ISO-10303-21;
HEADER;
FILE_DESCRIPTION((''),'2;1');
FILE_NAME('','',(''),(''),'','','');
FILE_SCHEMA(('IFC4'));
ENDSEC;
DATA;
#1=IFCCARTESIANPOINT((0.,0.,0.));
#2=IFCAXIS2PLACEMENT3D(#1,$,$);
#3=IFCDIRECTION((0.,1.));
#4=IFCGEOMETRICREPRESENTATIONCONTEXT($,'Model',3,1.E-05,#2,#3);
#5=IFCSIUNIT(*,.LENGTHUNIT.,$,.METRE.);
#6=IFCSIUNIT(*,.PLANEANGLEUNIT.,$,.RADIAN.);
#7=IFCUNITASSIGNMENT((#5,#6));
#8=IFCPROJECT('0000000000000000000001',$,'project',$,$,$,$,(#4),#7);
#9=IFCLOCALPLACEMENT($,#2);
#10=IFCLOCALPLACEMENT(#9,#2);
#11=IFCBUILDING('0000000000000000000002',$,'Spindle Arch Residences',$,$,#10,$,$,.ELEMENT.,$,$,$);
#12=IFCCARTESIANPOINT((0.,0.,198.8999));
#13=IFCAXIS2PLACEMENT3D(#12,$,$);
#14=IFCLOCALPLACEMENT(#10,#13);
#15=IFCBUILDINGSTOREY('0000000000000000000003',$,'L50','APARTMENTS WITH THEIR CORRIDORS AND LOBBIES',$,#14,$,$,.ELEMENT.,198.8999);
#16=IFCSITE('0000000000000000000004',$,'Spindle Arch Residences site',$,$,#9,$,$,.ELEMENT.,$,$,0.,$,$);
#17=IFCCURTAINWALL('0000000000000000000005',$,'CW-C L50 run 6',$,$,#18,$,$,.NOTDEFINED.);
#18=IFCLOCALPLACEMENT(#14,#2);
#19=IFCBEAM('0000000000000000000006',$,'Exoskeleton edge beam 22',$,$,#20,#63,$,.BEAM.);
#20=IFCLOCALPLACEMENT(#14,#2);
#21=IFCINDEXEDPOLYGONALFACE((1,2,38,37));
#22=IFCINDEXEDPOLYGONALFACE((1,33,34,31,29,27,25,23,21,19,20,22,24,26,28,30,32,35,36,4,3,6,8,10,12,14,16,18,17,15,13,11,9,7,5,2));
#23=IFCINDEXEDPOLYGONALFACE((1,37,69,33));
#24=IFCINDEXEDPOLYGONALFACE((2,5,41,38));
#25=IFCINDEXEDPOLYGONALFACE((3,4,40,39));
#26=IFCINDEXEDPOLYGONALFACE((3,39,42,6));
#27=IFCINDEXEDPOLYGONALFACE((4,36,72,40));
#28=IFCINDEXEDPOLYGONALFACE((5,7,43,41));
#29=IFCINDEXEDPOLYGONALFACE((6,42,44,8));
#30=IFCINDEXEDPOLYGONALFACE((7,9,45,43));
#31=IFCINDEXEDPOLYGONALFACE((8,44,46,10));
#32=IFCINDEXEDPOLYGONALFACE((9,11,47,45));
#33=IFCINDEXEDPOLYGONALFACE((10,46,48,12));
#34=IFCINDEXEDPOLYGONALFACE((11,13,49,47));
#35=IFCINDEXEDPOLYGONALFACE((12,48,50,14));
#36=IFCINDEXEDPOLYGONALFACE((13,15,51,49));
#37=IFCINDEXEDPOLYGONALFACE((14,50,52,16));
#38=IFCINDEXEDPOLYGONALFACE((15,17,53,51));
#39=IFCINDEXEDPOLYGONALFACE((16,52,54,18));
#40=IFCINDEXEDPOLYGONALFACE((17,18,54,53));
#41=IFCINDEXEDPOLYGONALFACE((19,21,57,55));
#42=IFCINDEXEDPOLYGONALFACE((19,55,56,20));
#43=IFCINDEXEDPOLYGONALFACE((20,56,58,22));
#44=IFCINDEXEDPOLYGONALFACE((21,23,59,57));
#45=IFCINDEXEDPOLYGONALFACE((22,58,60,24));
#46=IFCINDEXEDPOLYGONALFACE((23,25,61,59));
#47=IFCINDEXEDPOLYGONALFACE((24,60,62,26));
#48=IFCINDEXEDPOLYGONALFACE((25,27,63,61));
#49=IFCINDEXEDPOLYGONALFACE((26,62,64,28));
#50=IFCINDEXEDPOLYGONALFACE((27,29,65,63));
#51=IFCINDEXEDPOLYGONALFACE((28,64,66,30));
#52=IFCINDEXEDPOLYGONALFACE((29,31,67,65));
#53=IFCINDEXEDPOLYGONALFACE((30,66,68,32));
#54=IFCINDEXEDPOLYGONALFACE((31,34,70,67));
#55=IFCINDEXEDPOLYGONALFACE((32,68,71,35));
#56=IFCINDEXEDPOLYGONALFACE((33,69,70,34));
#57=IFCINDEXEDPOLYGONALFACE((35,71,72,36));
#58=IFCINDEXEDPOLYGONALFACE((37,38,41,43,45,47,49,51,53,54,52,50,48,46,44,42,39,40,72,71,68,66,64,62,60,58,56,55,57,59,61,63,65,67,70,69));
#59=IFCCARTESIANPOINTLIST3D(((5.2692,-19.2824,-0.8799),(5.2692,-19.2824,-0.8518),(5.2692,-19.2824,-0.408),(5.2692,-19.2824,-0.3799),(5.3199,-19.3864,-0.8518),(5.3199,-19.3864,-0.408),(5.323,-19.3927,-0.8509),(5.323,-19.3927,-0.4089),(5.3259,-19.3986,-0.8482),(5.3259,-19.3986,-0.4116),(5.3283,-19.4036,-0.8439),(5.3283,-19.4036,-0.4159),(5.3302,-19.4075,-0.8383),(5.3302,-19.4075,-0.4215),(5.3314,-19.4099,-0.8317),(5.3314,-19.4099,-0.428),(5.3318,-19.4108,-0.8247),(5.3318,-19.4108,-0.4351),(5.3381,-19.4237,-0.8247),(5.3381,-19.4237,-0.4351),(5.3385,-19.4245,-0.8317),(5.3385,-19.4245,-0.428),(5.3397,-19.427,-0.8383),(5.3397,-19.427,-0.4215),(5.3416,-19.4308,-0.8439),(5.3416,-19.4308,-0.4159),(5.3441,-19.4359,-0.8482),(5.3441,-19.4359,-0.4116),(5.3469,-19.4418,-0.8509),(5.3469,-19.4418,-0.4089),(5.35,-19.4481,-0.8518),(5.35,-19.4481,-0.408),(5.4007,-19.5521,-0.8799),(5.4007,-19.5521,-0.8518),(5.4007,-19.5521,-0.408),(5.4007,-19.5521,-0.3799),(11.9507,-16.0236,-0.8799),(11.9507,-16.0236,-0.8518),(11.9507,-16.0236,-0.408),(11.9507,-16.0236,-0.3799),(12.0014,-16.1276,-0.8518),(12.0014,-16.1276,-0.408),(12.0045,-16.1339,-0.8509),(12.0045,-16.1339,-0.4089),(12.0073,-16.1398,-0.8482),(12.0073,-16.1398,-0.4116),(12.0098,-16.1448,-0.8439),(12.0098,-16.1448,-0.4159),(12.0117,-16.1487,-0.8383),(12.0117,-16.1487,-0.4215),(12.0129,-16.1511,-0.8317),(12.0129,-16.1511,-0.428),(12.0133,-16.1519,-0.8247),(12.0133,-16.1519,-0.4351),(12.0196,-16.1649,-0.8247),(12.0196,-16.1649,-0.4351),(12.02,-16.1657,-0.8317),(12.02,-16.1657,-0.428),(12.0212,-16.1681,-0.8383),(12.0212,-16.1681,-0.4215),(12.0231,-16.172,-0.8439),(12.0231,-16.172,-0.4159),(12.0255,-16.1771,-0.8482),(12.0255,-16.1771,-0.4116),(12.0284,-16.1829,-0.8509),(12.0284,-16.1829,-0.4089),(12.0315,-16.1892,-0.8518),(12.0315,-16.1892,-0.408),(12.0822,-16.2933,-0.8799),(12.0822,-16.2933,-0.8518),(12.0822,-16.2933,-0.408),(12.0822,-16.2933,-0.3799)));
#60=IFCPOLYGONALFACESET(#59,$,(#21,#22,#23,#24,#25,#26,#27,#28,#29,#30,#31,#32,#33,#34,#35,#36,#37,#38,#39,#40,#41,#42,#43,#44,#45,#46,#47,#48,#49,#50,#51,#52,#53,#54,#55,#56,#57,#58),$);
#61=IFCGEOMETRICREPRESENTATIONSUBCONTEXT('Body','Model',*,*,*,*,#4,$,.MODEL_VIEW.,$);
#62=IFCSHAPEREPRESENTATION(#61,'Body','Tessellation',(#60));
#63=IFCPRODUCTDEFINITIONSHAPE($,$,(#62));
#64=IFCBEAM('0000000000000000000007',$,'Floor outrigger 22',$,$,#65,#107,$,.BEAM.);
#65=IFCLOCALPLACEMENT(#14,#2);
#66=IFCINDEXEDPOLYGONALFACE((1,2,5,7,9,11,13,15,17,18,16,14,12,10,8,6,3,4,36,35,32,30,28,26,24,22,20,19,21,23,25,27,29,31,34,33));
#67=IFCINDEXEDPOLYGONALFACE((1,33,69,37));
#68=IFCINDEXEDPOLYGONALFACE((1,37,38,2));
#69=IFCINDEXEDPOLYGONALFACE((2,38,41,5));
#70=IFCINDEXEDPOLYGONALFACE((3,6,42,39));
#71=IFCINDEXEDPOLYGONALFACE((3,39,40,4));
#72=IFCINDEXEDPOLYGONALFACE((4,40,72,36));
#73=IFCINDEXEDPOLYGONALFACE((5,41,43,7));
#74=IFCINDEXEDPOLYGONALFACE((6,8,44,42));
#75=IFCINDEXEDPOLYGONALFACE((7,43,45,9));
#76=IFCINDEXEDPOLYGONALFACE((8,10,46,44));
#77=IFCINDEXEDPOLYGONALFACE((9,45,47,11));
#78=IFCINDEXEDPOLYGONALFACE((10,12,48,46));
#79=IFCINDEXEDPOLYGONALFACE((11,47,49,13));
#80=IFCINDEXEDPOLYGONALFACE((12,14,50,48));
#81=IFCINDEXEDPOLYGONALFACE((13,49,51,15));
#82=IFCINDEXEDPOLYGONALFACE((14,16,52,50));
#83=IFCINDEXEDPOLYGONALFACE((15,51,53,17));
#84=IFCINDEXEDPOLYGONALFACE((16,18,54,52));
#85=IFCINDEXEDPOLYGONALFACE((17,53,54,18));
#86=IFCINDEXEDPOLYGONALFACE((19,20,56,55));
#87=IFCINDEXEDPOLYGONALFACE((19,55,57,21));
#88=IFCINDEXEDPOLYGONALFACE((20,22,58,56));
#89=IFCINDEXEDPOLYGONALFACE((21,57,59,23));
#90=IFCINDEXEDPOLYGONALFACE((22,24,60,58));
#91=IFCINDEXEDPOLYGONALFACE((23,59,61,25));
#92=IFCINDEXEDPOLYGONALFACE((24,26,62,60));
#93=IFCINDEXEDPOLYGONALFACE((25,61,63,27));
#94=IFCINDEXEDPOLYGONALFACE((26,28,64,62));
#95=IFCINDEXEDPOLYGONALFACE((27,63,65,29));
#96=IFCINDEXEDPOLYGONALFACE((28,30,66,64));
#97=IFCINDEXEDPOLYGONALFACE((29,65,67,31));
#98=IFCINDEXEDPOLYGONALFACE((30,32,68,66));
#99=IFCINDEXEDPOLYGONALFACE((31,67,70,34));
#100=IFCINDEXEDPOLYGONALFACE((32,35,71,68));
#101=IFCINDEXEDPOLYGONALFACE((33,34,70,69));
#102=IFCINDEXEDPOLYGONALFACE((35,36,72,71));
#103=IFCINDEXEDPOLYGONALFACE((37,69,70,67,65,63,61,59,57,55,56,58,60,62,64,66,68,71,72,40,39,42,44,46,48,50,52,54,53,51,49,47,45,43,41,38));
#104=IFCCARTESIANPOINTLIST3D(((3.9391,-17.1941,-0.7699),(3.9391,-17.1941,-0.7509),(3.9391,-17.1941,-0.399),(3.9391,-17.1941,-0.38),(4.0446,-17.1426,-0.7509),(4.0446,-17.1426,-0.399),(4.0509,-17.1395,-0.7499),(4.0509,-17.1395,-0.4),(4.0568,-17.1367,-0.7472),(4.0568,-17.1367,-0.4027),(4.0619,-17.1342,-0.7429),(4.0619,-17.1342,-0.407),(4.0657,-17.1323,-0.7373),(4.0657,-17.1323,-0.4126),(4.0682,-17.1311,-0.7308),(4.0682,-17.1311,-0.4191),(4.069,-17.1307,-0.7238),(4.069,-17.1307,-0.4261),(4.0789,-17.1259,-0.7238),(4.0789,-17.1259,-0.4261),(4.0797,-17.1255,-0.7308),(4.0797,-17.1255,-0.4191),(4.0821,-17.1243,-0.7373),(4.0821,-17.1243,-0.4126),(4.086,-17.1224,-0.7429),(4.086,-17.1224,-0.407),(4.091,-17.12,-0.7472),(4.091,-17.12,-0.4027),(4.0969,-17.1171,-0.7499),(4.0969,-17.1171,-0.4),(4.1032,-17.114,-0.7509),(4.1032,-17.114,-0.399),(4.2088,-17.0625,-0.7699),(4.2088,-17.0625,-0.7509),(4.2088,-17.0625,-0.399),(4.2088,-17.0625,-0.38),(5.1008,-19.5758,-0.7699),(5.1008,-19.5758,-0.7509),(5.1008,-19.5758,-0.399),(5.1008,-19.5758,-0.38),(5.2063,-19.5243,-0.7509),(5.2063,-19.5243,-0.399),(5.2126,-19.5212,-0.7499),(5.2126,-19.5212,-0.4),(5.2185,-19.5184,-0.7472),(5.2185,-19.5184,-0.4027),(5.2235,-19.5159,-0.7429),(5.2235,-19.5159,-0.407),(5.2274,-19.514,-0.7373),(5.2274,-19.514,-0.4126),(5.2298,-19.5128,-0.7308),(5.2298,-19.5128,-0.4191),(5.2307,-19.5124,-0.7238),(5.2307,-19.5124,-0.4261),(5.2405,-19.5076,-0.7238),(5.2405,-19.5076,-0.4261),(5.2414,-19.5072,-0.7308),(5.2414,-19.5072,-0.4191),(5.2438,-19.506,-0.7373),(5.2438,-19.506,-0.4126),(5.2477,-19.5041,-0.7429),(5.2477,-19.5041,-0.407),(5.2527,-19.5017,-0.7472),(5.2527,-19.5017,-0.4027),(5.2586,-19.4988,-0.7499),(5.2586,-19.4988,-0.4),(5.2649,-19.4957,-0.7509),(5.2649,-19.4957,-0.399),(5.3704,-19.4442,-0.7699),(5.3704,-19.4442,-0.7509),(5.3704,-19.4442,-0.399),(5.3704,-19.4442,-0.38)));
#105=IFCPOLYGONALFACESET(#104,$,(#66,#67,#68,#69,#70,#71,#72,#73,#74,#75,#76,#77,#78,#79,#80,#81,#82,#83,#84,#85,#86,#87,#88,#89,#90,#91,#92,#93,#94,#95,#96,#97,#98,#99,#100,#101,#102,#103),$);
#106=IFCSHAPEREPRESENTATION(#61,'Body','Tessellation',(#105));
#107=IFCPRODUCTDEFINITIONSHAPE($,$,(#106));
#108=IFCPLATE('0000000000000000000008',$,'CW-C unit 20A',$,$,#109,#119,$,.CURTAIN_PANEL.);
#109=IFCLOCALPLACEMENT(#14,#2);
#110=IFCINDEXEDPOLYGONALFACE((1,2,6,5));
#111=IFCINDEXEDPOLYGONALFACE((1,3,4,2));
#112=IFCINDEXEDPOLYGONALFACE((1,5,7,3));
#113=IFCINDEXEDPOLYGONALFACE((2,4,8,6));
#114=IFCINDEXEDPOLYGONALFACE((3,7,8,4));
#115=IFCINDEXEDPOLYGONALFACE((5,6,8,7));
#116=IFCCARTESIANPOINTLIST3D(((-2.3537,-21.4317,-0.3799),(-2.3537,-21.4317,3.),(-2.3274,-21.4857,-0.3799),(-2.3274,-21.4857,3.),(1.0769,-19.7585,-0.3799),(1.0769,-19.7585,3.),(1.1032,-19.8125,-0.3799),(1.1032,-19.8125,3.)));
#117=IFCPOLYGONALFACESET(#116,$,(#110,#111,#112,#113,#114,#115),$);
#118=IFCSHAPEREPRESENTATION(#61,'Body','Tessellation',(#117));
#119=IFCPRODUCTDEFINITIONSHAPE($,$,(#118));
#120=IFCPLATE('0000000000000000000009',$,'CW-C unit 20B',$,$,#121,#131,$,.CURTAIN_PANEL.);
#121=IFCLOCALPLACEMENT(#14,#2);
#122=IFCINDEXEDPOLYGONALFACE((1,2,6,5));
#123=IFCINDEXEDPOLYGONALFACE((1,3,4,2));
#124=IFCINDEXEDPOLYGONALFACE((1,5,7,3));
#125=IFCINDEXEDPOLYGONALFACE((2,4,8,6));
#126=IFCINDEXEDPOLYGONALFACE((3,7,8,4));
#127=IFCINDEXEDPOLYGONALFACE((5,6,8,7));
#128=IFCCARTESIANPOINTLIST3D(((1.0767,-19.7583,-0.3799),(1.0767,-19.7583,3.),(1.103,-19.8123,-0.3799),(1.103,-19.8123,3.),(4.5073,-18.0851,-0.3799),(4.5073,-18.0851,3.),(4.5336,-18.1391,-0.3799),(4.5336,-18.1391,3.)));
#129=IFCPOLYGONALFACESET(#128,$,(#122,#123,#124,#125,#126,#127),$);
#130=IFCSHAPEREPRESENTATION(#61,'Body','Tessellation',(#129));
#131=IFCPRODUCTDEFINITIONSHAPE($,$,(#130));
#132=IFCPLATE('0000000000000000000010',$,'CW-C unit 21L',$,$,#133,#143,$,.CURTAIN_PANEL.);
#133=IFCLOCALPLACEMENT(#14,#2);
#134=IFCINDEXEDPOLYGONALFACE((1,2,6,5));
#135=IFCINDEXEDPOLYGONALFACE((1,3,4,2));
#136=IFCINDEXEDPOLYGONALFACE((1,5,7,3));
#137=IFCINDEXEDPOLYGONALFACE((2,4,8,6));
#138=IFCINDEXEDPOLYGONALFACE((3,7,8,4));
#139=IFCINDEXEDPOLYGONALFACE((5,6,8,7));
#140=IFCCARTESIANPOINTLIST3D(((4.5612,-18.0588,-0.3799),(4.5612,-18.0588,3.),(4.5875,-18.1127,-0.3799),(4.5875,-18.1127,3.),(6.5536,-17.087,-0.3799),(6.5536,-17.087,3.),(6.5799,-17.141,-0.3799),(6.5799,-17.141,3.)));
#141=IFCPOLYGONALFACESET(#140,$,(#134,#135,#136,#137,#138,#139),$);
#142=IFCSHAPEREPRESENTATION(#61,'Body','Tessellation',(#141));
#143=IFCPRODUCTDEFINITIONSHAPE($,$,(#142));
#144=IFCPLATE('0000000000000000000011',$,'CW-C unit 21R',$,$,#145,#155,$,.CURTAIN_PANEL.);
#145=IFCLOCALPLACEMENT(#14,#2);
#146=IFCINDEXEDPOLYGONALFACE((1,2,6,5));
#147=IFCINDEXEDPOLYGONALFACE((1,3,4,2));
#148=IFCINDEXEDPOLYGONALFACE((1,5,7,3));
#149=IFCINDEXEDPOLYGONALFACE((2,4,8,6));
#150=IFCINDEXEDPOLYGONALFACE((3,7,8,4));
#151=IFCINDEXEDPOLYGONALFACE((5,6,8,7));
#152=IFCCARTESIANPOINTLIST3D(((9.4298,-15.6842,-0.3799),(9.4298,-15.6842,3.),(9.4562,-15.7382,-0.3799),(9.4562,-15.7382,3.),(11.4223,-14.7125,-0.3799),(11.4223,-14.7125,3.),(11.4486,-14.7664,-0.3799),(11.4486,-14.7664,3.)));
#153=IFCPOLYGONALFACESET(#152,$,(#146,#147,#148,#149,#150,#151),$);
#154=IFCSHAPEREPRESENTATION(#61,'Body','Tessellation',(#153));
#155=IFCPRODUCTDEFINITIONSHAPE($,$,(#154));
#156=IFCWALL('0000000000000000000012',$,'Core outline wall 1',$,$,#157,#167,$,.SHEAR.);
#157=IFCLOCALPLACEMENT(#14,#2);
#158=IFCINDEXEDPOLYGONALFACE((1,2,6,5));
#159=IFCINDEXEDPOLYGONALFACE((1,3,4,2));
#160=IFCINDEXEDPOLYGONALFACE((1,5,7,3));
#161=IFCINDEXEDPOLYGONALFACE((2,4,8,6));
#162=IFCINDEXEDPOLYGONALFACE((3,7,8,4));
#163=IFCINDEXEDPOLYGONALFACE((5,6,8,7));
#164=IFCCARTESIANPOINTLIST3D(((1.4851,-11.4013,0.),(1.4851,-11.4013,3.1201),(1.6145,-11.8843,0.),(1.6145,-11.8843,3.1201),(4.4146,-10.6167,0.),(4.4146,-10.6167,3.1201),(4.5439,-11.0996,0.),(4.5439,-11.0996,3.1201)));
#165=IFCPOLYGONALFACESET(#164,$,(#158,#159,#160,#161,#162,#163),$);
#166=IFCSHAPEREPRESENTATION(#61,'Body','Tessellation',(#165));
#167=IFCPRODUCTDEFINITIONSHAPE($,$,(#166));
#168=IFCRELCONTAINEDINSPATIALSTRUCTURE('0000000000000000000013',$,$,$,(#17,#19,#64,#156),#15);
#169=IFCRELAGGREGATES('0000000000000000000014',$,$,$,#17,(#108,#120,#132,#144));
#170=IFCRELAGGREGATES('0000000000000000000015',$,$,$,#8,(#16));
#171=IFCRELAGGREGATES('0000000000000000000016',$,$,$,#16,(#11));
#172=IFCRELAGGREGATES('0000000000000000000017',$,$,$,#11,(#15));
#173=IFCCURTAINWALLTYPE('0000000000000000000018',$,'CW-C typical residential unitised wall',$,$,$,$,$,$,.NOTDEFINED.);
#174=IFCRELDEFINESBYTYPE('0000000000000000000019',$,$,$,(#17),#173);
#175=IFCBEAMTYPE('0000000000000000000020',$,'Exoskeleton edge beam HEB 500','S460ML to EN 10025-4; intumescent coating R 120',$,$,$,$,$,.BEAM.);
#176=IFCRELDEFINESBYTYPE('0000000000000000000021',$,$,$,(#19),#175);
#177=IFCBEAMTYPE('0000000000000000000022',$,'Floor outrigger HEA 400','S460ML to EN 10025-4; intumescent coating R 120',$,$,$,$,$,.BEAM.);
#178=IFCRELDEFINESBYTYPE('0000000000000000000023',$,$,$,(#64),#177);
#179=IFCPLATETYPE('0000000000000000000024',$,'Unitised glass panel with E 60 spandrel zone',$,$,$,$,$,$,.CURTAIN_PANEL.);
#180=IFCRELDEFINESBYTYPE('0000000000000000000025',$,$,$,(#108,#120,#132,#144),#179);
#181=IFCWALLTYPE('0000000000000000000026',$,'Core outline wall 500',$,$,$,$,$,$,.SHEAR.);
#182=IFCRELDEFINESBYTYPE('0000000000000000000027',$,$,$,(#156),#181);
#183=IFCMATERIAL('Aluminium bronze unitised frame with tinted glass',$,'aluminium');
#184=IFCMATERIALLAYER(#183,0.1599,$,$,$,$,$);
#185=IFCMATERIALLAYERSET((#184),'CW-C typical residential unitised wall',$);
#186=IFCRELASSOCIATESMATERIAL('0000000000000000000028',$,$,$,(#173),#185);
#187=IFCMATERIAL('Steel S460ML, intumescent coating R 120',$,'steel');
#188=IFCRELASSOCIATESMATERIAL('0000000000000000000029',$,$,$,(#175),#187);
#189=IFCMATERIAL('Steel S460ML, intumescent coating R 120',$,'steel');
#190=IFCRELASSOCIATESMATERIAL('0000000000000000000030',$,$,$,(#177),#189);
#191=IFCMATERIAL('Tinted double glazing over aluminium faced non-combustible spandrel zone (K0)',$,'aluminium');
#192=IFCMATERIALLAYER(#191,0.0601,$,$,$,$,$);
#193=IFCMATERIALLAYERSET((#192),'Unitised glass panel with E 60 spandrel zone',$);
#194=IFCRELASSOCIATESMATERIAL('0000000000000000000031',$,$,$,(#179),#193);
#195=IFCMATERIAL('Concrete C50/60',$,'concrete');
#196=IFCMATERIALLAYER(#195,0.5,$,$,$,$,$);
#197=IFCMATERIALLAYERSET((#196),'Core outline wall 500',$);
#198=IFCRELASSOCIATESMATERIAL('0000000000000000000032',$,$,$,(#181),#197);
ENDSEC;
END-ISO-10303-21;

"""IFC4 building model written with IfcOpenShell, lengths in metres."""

from ifc_helpers import new_model, si_unit, direction, frame, frame_2d, origin, origin_2d, place, context, subcontext, project, spatial, rectangle, i_section, extrude, material, layer, layer_set, material_profile, profile_set, type_object, element, aggregate, save


model = new_model("IFC4")

# Units and contexts
model_context = context("Model", 3, precision=1e-05, world=origin(), true_north=direction((0.0, 1.0)))
body_context = subcontext(model_context, "Body", "Model", "MODEL_VIEW")
ifc_project = project(units=[si_unit("LENGTHUNIT", "METRE"), si_unit("PLANEANGLEUNIT", "RADIAN")], contexts=[model_context])

# Site, building, storey
site_placement = place(None, origin())
site = spatial("IfcSite", under=ifc_project, at=site_placement, Name="Spindle Arch Residences site", CompositionType="ELEMENT", RefElevation=0.0)
building_placement = place(site_placement, origin())
building = spatial("IfcBuilding", under=site, at=building_placement, Name="Spindle Arch Residences", CompositionType="ELEMENT")
storey_placement = place(building_placement, frame((0.0, 0.0, 198.8999)))
storey = spatial("IfcBuildingStorey", under=building, at=storey_placement, Name="L50", Description="APARTMENTS WITH THEIR CORRIDORS AND LOBBIES", CompositionType="ELEMENT", Elevation=198.8999)

# Curtain wall
ifc_material_1 = material(Name="Aluminium bronze unitised frame with tinted glass", Category="aluminium")
ifc_layer_1 = layer(ifc_material_1, 0.1599)
ifc_layer_set_1 = layer_set([ifc_layer_1], Name="CW-C typical residential unitised wall")
curtain_wall_type = type_object("IfcCurtainWallType", Name="CW-C typical residential unitised wall", PredefinedType="NOTDEFINED", material=ifc_layer_set_1)
curtain_wall_placement = place(storey_placement, origin())
curtain_wall = element("IfcCurtainWall", 1, at=curtain_wall_placement, inside=storey, type_object=curtain_wall_type, Name="CW-C L50 run 6", PredefinedType="NOTDEFINED")

# Beams
ifc_material_2 = material(Name="Steel S460ML, intumescent coating R 120", Category="steel")
ifc_material_profile_1 = material_profile(ifc_material_2, i_section(OverallWidth=0.3, OverallDepth=0.5, WebThickness=0.0144, FlangeThickness=0.0281, FilletRadius=0.0271, at=origin_2d()), Name="HEB 500")
ifc_profile_set_1 = profile_set([ifc_material_profile_1], Name="Steel S460ML, intumescent coating R 120")
beam_type_1 = type_object("IfcBeamType", Name="Exoskeleton edge beam HEB 500", Description="S460ML to EN 10025-4; intumescent coating R 120", PredefinedType="BEAM", material=ifc_profile_set_1)
beam_1_placement = place(storey_placement, frame((5.335, -19.4172, -0.6299), z_axis=(0.898791, 0.438377, 0.0), x_axis=(-0.438377, 0.898791, 0.0)))
element("IfcBeam", 2, at=beam_1_placement, inside=storey, type_object=beam_type_1, Name="Exoskeleton edge beam 22", PredefinedType="BEAM", context=body_context, shape_type="SweptSolid", body=[
    extrude(i_section(OverallWidth=0.3, OverallDepth=0.5, WebThickness=0.0144, FlangeThickness=0.0281, FilletRadius=0.0271, at=origin_2d()), origin(), (0.0, 0.0, 1.0), 7.4338),
])
ifc_material_3 = material(Name="Steel S460ML, intumescent coating R 120", Category="steel")
ifc_material_profile_2 = material_profile(ifc_material_3, i_section(OverallWidth=0.3, OverallDepth=0.3899, WebThickness=0.011, FlangeThickness=0.019, FilletRadius=0.0271, at=origin_2d()), Name="HEA 400")
ifc_profile_set_2 = profile_set([ifc_material_profile_2], Name="Steel S460ML, intumescent coating R 120")
beam_type_2 = type_object("IfcBeamType", Name="Floor outrigger HEA 400", Description="S460ML to EN 10025-4; intumescent coating R 120", PredefinedType="BEAM", material=ifc_profile_set_2)
beam_2_placement = place(storey_placement, frame((5.2356, -19.51, -0.575), z_axis=(-0.438384, 0.898788, 0.0), x_axis=(-0.898788, -0.438384, 0.0)))
element("IfcBeam", 3, at=beam_2_placement, inside=storey, type_object=beam_type_2, Name="Floor outrigger 22", PredefinedType="BEAM", context=body_context, shape_type="SweptSolid", body=[
    extrude(i_section(OverallWidth=0.3, OverallDepth=0.3899, WebThickness=0.011, FlangeThickness=0.019, FilletRadius=0.0271, at=origin_2d()), origin(), (0.0, 0.0, 1.0), 2.6499),
])

# Plates
ifc_material_4 = material(Name="Tinted double glazing over aluminium faced non-combustible spandrel zone (K0)", Category="aluminium")
ifc_layer_2 = layer(ifc_material_4, 0.0601)
ifc_layer_set_2 = layer_set([ifc_layer_2], Name="Unitised glass panel with E 60 spandrel zone")
plate_type = type_object("IfcPlateType", Name="Unitised glass panel with E 60 spandrel zone", PredefinedType="CURTAIN_PANEL", material=ifc_layer_set_2)
plate_1_placement = place(storey_placement, frame((-0.6252, -20.6221, -0.3799), z_axis=(0.0, 0.0, 1.0), x_axis=(0.898794, 0.438371, 0.0)))
plate_1 = element("IfcPlate", 4, at=plate_1_placement, type_object=plate_type, Name="CW-C unit 20A", PredefinedType="CURTAIN_PANEL", context=body_context, shape_type="SweptSolid", body=[
    extrude(rectangle(XDim=3.8169, YDim=0.0601, at=origin_2d()), origin(), (0.0, 0.0, 1.0), 3.3799),
])
plate_2_placement = place(storey_placement, frame((2.8052, -18.9487, -0.3799), z_axis=(0.0, 0.0, 1.0), x_axis=(0.898794, 0.438371, 0.0)))
plate_2 = element("IfcPlate", 5, at=plate_2_placement, type_object=plate_type, Name="CW-C unit 20B", PredefinedType="CURTAIN_PANEL", context=body_context, shape_type="SweptSolid", body=[
    extrude(rectangle(XDim=3.8169, YDim=0.0601, at=origin_2d()), origin(), (0.0, 0.0, 1.0), 3.3799),
])
plate_3_placement = place(storey_placement, frame((5.5706, -17.5999, -0.3799), z_axis=(0.0, 0.0, 1.0), x_axis=(0.898794, 0.438371, 0.0)))
plate_3 = element("IfcPlate", 6, at=plate_3_placement, type_object=plate_type, Name="CW-C unit 21L", PredefinedType="CURTAIN_PANEL", context=body_context, shape_type="SweptSolid", body=[
    extrude(rectangle(XDim=2.2168, YDim=0.0601, at=origin_2d()), origin(), (0.0, 0.0, 1.0), 3.3799),
])
plate_4_placement = place(storey_placement, frame((10.4392, -15.2253, -0.3799), z_axis=(0.0, 0.0, 1.0), x_axis=(0.898794, 0.438371, 0.0)))
plate_4 = element("IfcPlate", 7, at=plate_4_placement, type_object=plate_type, Name="CW-C unit 21R", PredefinedType="CURTAIN_PANEL", context=body_context, shape_type="SweptSolid", body=[
    extrude(rectangle(XDim=2.2168, YDim=0.0601, at=origin_2d()), origin(), (0.0, 0.0, 1.0), 3.3799),
])
aggregate(curtain_wall, [plate_1, plate_2, plate_3, plate_4])

# Wall
ifc_material_5 = material(Name="Concrete C50/60", Category="concrete")
ifc_layer_3 = layer(ifc_material_5, 0.5)
ifc_layer_set_3 = layer_set([ifc_layer_3], Name="Core outline wall 500")
wall_type_1 = type_object("IfcWallType", Name="Core outline wall 500", PredefinedType="SHEAR", material=ifc_layer_set_3)
wall_1_placement = place(storey_placement, frame((1.5498, -11.6428, 0.0), z_axis=(0.0, 0.0, 1.0), x_axis=(0.965948, 0.258735, 0.0)))
element("IfcWall", 8, at=wall_1_placement, inside=storey, type_object=wall_type_1, Name="Core outline wall 1", PredefinedType="SHEAR", context=body_context, shape_type="SweptSolid", body=[
    extrude(rectangle(XDim=3.0327, YDim=0.5, at=frame_2d((1.5164, 0.0))), origin(), (0.0, 0.0, 1.0), 3.1201),
])

save(model, "model.ifc")
